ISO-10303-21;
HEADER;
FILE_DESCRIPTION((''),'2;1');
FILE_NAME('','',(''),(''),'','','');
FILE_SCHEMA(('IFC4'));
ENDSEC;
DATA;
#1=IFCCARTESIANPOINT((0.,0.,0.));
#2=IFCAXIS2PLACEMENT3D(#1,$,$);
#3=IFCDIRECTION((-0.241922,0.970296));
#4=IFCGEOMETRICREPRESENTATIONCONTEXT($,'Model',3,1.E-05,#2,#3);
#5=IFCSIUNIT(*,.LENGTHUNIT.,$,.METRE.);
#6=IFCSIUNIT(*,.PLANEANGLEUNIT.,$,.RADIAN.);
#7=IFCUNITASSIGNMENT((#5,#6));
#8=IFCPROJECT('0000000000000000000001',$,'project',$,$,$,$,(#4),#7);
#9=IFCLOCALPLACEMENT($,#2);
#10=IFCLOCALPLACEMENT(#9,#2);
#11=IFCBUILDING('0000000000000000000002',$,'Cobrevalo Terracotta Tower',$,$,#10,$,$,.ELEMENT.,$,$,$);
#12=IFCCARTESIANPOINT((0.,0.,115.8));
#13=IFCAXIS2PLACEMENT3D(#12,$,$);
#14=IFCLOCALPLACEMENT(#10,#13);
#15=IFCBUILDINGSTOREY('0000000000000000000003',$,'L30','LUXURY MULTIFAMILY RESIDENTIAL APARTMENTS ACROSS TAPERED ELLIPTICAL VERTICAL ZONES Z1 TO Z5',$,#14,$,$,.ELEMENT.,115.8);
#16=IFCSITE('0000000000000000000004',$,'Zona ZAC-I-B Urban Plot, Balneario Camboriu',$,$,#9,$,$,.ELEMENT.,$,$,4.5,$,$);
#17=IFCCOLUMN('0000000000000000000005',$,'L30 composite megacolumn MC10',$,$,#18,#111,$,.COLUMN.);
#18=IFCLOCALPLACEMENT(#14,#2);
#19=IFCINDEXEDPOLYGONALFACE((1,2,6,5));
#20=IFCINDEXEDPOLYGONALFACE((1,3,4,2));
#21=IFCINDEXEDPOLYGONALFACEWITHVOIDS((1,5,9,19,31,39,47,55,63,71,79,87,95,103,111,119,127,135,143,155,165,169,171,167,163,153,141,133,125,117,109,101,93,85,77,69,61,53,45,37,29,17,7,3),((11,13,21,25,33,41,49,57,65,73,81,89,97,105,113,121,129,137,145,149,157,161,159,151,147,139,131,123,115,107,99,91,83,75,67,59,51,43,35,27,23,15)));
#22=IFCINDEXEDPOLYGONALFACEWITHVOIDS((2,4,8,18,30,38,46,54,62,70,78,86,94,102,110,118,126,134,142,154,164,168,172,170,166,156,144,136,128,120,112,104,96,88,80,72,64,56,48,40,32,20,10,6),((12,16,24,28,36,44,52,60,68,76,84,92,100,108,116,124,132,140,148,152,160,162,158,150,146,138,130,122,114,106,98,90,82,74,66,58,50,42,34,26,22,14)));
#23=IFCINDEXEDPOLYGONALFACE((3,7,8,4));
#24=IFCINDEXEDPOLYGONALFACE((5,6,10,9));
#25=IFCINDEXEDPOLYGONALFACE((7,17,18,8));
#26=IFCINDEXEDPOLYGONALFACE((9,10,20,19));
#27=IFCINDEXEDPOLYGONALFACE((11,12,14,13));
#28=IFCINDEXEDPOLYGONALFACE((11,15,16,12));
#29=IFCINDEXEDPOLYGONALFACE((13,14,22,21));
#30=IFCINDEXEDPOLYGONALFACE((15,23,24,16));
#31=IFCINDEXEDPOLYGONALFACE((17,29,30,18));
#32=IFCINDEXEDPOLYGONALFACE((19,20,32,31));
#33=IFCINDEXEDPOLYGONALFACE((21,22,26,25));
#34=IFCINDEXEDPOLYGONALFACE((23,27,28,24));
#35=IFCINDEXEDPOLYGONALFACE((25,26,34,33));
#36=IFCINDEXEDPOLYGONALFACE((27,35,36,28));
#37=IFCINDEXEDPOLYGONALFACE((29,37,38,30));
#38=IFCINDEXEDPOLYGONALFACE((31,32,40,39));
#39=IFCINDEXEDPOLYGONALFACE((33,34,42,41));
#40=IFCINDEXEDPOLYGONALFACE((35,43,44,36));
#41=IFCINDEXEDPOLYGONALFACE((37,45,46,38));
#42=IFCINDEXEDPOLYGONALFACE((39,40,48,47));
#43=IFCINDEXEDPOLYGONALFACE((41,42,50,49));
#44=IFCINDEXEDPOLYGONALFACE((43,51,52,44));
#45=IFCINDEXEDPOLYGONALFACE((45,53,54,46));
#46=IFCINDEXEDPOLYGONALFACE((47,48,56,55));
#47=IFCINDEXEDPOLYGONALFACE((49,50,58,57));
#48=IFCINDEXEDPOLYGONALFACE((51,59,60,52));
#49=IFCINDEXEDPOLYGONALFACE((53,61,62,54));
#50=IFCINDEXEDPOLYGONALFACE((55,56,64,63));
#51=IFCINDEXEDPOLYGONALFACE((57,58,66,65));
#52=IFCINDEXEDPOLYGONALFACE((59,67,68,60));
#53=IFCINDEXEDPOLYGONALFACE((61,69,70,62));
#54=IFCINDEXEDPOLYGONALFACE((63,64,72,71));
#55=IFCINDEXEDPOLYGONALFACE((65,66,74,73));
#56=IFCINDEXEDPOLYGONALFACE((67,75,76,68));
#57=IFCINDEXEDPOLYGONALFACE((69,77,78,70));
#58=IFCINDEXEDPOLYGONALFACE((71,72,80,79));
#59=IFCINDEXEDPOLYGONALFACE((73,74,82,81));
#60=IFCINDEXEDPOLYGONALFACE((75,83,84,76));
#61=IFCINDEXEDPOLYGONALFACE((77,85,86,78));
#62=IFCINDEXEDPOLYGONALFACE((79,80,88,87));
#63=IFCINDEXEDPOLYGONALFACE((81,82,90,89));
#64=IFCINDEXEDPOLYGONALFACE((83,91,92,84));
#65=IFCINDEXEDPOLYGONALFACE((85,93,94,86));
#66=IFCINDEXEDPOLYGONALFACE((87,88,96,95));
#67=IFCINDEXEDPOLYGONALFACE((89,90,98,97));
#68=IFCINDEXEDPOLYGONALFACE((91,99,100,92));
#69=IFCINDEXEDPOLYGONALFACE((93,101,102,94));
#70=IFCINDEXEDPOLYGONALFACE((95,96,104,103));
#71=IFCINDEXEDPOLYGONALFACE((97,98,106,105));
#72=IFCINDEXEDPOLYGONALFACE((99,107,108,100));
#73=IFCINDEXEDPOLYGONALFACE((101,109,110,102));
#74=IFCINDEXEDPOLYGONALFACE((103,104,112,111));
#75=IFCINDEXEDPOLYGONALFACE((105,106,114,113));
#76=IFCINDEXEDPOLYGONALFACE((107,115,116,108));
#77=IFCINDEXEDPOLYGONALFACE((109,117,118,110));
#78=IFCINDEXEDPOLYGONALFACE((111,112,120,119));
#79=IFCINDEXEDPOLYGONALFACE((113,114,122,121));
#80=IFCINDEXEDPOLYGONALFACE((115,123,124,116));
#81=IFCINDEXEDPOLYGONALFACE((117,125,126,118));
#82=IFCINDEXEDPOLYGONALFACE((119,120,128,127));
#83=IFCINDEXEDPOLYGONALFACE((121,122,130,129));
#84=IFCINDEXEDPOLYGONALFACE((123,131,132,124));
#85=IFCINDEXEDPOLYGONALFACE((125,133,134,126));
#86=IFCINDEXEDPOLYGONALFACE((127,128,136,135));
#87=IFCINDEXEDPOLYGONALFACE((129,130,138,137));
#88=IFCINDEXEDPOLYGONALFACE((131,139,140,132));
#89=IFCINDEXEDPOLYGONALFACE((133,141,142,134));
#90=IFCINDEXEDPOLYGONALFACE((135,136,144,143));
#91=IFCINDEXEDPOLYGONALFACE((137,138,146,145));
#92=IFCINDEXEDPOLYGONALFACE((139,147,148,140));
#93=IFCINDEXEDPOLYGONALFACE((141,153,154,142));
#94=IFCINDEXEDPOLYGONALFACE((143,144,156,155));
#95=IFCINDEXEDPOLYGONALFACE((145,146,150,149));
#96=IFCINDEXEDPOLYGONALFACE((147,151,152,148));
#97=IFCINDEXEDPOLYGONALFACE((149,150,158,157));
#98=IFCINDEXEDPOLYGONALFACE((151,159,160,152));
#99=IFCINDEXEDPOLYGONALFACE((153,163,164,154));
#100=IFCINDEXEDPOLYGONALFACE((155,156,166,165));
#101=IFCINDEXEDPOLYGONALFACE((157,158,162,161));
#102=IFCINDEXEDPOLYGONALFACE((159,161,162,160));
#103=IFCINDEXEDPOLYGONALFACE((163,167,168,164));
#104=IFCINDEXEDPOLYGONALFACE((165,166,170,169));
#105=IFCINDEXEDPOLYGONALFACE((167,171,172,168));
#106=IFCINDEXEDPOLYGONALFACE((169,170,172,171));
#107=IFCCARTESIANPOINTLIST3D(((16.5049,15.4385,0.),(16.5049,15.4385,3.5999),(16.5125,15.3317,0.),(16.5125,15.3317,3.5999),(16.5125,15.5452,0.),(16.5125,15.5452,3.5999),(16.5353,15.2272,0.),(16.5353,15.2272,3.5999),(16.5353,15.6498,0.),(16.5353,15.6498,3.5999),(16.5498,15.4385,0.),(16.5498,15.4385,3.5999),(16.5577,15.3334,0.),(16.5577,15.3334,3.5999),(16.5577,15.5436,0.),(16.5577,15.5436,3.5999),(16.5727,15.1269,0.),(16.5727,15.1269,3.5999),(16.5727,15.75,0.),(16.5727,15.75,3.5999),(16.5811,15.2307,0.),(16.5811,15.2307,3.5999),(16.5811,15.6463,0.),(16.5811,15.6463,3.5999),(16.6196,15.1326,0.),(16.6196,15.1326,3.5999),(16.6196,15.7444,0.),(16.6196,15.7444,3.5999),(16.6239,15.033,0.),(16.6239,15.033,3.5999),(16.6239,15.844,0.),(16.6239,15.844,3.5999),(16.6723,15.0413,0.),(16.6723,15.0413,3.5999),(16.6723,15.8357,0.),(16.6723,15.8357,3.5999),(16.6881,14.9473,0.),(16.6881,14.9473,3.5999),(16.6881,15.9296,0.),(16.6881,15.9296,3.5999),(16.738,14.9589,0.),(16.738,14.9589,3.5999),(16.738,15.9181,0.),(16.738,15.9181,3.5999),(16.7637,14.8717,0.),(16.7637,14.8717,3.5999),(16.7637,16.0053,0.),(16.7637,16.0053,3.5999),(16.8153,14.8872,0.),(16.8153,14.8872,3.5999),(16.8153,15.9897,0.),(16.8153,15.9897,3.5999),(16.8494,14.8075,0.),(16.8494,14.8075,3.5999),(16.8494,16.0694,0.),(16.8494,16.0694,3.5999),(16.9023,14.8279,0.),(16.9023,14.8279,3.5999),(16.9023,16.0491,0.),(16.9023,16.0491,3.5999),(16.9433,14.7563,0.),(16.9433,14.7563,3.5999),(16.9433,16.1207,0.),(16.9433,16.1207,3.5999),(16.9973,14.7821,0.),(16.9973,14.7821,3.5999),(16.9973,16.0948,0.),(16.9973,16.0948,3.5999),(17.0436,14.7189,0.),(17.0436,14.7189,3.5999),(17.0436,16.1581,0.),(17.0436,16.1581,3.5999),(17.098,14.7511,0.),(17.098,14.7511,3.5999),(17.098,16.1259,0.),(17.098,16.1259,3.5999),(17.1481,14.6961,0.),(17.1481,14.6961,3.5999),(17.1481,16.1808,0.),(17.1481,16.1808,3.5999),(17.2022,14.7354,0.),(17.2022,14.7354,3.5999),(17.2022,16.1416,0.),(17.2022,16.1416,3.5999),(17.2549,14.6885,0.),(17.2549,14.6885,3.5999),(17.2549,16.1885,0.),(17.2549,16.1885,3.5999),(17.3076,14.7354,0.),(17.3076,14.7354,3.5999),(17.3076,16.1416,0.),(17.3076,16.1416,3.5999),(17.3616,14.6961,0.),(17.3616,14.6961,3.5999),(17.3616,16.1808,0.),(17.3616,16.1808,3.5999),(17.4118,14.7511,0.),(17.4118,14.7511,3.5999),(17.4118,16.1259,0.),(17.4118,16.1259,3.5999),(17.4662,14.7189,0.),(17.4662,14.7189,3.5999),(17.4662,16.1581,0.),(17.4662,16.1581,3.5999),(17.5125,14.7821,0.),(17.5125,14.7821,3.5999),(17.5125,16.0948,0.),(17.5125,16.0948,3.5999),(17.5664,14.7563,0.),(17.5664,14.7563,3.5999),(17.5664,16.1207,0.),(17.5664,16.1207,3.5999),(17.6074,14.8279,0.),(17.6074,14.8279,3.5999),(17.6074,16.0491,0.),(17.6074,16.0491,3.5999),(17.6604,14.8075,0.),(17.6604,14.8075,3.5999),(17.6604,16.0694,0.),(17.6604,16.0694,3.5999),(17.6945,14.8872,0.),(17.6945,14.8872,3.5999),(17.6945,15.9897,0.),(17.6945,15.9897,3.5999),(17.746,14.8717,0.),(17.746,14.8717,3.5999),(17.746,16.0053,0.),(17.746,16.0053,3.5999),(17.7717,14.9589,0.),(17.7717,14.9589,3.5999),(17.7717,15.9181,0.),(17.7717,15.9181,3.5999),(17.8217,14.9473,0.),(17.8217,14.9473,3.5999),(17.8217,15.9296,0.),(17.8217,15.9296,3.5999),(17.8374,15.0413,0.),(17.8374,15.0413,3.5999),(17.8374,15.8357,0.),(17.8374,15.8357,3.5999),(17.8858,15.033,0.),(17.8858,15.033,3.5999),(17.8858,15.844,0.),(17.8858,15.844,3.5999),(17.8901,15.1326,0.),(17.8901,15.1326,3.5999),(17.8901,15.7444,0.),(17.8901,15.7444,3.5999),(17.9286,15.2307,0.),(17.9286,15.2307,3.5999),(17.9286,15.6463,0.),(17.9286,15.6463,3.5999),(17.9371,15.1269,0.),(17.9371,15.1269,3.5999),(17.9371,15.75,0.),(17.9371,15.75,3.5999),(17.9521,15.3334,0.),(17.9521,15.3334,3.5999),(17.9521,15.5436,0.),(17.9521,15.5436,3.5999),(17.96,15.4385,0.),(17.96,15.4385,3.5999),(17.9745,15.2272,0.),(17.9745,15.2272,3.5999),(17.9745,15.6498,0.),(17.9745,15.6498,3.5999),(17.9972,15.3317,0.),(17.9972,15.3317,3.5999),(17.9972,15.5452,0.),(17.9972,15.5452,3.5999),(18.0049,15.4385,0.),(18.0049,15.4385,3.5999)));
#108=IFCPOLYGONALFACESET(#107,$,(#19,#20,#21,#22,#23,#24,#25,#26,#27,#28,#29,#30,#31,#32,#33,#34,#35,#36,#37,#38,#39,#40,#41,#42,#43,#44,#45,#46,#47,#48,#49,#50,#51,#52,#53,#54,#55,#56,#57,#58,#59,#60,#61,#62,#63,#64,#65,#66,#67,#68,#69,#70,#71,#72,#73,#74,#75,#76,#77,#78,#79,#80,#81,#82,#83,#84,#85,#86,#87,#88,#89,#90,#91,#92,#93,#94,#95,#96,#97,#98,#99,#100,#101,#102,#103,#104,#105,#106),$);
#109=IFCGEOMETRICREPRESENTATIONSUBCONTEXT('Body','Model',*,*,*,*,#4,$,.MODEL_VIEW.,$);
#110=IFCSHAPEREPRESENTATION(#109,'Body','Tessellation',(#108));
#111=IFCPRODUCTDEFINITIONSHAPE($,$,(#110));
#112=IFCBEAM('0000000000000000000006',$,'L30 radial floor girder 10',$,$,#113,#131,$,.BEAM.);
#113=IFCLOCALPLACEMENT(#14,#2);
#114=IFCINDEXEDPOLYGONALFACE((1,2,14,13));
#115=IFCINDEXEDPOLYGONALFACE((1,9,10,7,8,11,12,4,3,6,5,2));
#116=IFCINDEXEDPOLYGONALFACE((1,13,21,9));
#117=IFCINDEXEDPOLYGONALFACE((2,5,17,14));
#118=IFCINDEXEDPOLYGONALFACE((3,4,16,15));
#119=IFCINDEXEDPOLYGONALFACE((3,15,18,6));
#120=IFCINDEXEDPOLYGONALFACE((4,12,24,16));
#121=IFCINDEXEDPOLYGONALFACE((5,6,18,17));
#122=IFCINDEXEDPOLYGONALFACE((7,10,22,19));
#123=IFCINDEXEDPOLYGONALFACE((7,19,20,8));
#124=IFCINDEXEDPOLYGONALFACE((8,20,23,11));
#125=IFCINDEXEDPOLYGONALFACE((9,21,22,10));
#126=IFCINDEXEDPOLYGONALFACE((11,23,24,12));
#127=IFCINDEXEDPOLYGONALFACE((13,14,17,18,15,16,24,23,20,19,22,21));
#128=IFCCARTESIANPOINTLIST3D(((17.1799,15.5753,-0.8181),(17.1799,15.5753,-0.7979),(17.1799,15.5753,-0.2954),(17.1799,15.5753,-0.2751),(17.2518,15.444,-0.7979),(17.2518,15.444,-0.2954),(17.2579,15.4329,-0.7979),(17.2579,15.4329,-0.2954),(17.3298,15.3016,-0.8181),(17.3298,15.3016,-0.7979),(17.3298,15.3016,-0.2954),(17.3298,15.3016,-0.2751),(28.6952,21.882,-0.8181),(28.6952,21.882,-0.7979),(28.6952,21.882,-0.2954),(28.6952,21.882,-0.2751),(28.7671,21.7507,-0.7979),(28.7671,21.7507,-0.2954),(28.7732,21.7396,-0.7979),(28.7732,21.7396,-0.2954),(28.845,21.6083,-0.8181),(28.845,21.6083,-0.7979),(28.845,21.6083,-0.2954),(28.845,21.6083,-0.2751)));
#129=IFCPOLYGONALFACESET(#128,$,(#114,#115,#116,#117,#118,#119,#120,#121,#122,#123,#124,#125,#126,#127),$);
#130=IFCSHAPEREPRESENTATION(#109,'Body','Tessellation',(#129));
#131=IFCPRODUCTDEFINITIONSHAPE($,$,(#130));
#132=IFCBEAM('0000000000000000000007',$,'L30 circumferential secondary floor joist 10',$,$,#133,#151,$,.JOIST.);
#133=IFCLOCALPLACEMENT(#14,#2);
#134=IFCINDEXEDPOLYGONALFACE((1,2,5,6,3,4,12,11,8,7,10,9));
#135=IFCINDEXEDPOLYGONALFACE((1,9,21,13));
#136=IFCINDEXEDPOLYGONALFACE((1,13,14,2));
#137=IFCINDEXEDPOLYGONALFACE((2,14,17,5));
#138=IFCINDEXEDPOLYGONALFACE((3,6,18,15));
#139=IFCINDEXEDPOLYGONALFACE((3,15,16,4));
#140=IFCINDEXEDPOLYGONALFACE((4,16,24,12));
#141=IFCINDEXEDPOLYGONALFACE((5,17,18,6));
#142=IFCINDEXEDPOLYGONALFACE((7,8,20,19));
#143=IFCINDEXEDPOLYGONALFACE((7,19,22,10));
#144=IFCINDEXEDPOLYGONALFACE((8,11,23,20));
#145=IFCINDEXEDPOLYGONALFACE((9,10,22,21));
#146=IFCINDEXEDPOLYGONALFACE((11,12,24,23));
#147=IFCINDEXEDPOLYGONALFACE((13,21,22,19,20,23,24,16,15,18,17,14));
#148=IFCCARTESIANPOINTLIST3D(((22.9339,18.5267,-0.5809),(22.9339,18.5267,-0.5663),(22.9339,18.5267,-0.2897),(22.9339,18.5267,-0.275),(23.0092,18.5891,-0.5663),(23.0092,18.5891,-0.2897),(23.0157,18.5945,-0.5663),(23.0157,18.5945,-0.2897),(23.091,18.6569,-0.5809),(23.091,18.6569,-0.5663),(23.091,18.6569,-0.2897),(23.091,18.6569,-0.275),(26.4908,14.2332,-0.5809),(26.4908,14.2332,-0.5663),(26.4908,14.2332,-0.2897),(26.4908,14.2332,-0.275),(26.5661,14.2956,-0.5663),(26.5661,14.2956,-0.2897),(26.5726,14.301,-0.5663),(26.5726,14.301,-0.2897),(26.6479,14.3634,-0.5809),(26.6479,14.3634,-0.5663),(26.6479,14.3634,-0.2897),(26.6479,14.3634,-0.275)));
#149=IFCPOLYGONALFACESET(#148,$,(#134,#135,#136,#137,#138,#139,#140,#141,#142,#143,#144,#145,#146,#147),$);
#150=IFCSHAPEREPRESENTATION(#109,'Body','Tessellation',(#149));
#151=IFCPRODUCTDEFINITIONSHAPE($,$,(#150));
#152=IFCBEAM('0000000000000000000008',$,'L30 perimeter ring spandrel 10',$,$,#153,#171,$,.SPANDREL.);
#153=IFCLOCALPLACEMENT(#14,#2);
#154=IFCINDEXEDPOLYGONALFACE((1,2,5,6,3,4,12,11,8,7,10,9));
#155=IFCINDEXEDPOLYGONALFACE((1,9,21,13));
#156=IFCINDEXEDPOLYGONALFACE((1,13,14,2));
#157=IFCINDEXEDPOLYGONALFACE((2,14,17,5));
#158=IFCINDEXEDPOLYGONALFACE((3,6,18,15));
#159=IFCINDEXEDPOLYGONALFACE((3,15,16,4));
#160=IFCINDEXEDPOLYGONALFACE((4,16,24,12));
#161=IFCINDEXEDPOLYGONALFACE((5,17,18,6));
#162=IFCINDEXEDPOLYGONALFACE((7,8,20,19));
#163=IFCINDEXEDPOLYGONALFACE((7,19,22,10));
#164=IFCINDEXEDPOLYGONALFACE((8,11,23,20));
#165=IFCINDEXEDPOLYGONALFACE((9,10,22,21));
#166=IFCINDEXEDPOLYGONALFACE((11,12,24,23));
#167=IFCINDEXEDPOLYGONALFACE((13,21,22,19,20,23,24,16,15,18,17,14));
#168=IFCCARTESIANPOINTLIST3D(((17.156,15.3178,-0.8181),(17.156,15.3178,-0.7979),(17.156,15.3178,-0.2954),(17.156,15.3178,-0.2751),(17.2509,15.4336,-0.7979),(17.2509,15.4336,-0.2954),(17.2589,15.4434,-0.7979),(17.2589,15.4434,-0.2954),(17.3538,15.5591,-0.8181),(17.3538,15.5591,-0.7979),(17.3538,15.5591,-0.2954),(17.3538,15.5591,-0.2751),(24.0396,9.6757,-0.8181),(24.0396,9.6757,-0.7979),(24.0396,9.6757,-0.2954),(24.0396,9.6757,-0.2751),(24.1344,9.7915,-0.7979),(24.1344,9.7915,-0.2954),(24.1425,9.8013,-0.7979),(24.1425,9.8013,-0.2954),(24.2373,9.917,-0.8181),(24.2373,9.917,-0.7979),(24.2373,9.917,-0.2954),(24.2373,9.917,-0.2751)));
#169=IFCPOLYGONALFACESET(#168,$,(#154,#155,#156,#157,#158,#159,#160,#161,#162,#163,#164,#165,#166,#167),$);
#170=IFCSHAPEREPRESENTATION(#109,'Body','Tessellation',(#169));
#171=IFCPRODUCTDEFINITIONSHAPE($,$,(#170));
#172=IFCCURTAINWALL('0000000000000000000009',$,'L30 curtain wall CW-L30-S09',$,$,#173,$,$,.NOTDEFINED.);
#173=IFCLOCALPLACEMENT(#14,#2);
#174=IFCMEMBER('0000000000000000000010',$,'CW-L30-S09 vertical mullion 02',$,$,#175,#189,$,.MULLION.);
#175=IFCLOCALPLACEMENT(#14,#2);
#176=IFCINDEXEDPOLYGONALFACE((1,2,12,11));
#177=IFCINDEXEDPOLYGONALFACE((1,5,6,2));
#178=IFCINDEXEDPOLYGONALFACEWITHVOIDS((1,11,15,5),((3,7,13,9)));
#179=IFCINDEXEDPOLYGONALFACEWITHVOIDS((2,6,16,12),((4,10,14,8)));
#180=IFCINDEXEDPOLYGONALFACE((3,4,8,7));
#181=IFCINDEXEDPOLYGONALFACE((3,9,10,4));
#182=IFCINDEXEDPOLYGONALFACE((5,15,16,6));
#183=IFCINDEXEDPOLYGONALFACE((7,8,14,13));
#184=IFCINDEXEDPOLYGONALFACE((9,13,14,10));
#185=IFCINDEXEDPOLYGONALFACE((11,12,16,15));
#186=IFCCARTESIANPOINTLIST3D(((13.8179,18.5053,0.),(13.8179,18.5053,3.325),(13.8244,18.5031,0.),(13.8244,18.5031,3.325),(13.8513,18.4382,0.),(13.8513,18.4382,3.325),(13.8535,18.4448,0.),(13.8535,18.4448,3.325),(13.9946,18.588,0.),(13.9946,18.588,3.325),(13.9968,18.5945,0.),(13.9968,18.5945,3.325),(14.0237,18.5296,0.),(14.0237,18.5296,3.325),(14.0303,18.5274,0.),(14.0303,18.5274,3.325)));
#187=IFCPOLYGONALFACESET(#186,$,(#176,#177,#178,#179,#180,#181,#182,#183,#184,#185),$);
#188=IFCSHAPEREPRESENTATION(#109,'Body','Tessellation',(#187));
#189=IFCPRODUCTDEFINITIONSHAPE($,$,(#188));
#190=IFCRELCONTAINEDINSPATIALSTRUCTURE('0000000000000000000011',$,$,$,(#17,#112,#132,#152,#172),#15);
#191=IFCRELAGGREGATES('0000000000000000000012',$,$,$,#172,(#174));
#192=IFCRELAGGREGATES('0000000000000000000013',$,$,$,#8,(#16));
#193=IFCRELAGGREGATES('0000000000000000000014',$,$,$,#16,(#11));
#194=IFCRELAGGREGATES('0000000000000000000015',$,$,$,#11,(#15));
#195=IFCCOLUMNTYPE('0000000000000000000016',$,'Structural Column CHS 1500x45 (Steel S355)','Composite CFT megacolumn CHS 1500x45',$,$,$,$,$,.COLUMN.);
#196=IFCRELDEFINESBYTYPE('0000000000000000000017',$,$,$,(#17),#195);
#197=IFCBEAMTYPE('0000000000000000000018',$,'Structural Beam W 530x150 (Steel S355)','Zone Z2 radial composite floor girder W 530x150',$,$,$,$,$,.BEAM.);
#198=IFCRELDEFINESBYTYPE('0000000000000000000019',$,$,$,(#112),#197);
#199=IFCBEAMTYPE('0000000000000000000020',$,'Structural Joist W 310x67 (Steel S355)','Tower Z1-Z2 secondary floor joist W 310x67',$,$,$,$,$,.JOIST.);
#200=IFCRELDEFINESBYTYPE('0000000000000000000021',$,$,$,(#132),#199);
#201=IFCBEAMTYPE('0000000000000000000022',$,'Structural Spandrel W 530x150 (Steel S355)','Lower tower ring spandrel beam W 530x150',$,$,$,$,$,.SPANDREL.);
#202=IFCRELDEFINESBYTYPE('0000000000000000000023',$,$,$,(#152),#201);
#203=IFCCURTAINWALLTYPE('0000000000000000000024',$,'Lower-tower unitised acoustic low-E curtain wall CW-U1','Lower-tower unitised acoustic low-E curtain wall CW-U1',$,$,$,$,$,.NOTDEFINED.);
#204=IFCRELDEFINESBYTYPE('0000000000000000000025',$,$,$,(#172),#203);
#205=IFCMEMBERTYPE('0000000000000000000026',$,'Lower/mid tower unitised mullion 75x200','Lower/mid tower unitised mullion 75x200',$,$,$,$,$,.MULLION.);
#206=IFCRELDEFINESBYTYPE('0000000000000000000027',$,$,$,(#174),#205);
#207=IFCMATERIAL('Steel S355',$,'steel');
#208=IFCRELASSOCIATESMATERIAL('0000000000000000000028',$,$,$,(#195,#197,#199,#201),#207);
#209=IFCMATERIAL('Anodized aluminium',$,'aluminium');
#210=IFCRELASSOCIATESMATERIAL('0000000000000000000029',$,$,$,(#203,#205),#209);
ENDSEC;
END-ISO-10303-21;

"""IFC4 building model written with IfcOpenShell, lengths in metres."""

from ifc_helpers import new_model, si_unit, direction, frame, origin, origin_2d, place, context, subcontext, project, spatial, hollow_rectangle, hollow_circle, i_section, extrude, source, transform, mapped, material, material_profile, profile_set, type_object, element, aggregate, save


model = new_model("IFC4")

# Units and contexts
model_context = context("Model", 3, precision=1e-05, world=origin(), true_north=direction((-0.241922, 0.970296)))
body_context = subcontext(model_context, "Body", "Model", "MODEL_VIEW")
ifc_project = project(units=[si_unit("LENGTHUNIT", "METRE"), si_unit("PLANEANGLEUNIT", "RADIAN")], contexts=[model_context])

# Site, building, storey
site_placement = place(None, origin())
site = spatial("IfcSite", under=ifc_project, at=site_placement, Name="Zona ZAC-I-B Urban Plot, Balneario Camboriu", CompositionType="ELEMENT", RefElevation=4.5)
building_placement = place(site_placement, origin())
building = spatial("IfcBuilding", under=site, at=building_placement, Name="Cobrevalo Terracotta Tower", CompositionType="ELEMENT")
storey_placement = place(building_placement, frame((0.0, 0.0, 115.8)))
storey = spatial("IfcBuildingStorey", under=building, at=storey_placement, Name="L30", Description="LUXURY MULTIFAMILY RESIDENTIAL APARTMENTS ACROSS TAPERED ELLIPTICAL VERTICAL ZONES Z1 TO Z5", CompositionType="ELEMENT", Elevation=115.8)

# Column
ifc_material_1 = material(Name="Steel S355", Category="steel")
ifc_material_profile_1 = material_profile(ifc_material_1, hollow_circle(Radius=0.75, WallThickness=0.0449, at=origin_2d()), Name="CHS 1500x45")
ifc_profile_set_1 = profile_set([ifc_material_profile_1], Name="Steel S355")
column_type = type_object("IfcColumnType", Name="Structural Column CHS 1500x45 (Steel S355)", Description="Composite CFT megacolumn CHS 1500x45", PredefinedType="COLUMN", material=ifc_profile_set_1)
column_placement = place(storey_placement, frame((17.2549, 15.4385, 0.0), z_axis=(0.0, 0.0, 1.0), x_axis=(1.0, 0.0, 0.0)))
element("IfcColumn", 1, at=column_placement, inside=storey, type_object=column_type, Name="L30 composite megacolumn MC10", PredefinedType="COLUMN", context=body_context, shape_type="SweptSolid", body=[
    extrude(hollow_circle(Radius=0.75, WallThickness=0.0449, at=origin_2d()), origin(), (0.0, 0.0, 1.0), 3.5999),
])

# Beams
ifc_material_profile_2 = material_profile(ifc_material_1, i_section(OverallWidth=0.312, OverallDepth=0.543, WebThickness=0.0127, FlangeThickness=0.0203, at=origin_2d()), Name="W 530x150")
ifc_profile_set_2 = profile_set([ifc_material_profile_2], Name="Steel S355")
beam_type_1 = type_object("IfcBeamType", Name="Structural Beam W 530x150 (Steel S355)", Description="Zone Z2 radial composite floor girder W 530x150", PredefinedType="BEAM", material=ifc_profile_set_2)
beam_1_placement = place(storey_placement, frame((17.2549, 15.4385, -0.5466), z_axis=(0.877073, 0.480358, 0.0), x_axis=(-0.480358, 0.877073, 0.0)))
element("IfcBeam", 2, at=beam_1_placement, inside=storey, type_object=beam_type_1, Name="L30 radial floor girder 10", PredefinedType="BEAM", context=body_context, shape_type="SweptSolid", body=[
    extrude(i_section(OverallWidth=0.312, OverallDepth=0.543, WebThickness=0.0127, FlangeThickness=0.0203, at=origin_2d()), origin(), (0.0, 0.0, 1.0), 13.1292),
])
ifc_material_profile_3 = material_profile(ifc_material_1, i_section(OverallWidth=0.2041, OverallDepth=0.3059, WebThickness=0.0085, FlangeThickness=0.0146, at=origin_2d()), Name="W 310x67")
ifc_profile_set_3 = profile_set([ifc_material_profile_3], Name="Steel S355")
beam_type_2 = type_object("IfcBeamType", Name="Structural Joist W 310x67 (Steel S355)", Description="Tower Z1-Z2 secondary floor joist W 310x67", PredefinedType="JOIST", material=ifc_profile_set_3)
beam_2_placement = place(storey_placement, frame((23.0125, 18.5918, -0.428), z_axis=(0.637959, -0.77007, 0.0), x_axis=(0.77007, 0.637959, 0.0)))
element("IfcBeam", 3, at=beam_2_placement, inside=storey, type_object=beam_type_2, Name="L30 circumferential secondary floor joist 10", PredefinedType="JOIST", context=body_context, shape_type="SweptSolid", body=[
    extrude(i_section(OverallWidth=0.2041, OverallDepth=0.3059, WebThickness=0.0085, FlangeThickness=0.0146, at=origin_2d()), origin(), (0.0, 0.0, 1.0), 5.5754),
])
ifc_material_profile_4 = material_profile(ifc_material_1, i_section(OverallWidth=0.312, OverallDepth=0.543, WebThickness=0.0127, FlangeThickness=0.0203, at=origin_2d()), Name="W 530x150")
ifc_profile_set_4 = profile_set([ifc_material_profile_4], Name="Steel S355")
beam_type_3 = type_object("IfcBeamType", Name="Structural Spandrel W 530x150 (Steel S355)", Description="Lower tower ring spandrel beam W 530x150", PredefinedType="SPANDREL", material=ifc_profile_set_4)
beam_3_placement = place(storey_placement, frame((17.2549, 15.4385, -0.5466), z_axis=(0.773401, -0.633917, 0.0), x_axis=(0.633917, 0.773401, 0.0)))
element("IfcBeam", 4, at=beam_3_placement, inside=storey, type_object=beam_type_3, Name="L30 perimeter ring spandrel 10", PredefinedType="SPANDREL", context=body_context, shape_type="SweptSolid", body=[
    extrude(i_section(OverallWidth=0.312, OverallDepth=0.543, WebThickness=0.0127, FlangeThickness=0.0203, at=origin_2d()), origin(), (0.0, 0.0, 1.0), 8.9004),
])

# Curtain wall, member
ifc_material_2 = material(Name="Anodized aluminium", Category="aluminium")
curtain_wall_type = type_object("IfcCurtainWallType", Name="Lower-tower unitised acoustic low-E curtain wall CW-U1", Description="Lower-tower unitised acoustic low-E curtain wall CW-U1", PredefinedType="NOTDEFINED", material=ifc_material_2)
curtain_wall_1_placement = place(storey_placement, origin())
curtain_wall_1 = element("IfcCurtainWall", 5, at=curtain_wall_1_placement, inside=storey, type_object=curtain_wall_type, Name="L30 curtain wall CW-L30-S09", PredefinedType="NOTDEFINED")
ifc_material_profile_5 = material_profile(ifc_material_2, hollow_rectangle(XDim=0.075, YDim=0.2, WallThickness=0.0049, at=origin_2d()), Name="CWM 75x200")
ifc_profile_set_5 = profile_set([ifc_material_profile_5], Name="Anodized aluminium")
member_type_1 = type_object("IfcMemberType", Name="Lower/mid tower unitised mullion 75x200", Description="Lower/mid tower unitised mullion 75x200", PredefinedType="MULLION", material=ifc_profile_set_5)
shared_shape_1 = source(origin(), body_context, "Body", "SweptSolid", [
    extrude(hollow_rectangle(XDim=0.075, YDim=0.2, WallThickness=0.0049, at=origin_2d()), origin(), (0.0, 0.0, 1.0), 3.325),
])
member_1_placement = place(storey_placement, frame((13.9241, 18.5164, 0.0), z_axis=(0.0, 0.0, 1.0), x_axis=(0.44626, -0.894903, 0.0)))
member_1 = element("IfcMember", 6, at=member_1_placement, type_object=member_type_1, Name="CW-L30-S09 vertical mullion 02", PredefinedType="MULLION", context=body_context, shape_type="MappedRepresentation", body=[
    mapped(shared_shape_1, transform((0.0, 0.0, 0.0), scale=1.0)),
])

aggregate(curtain_wall_1, [member_1])

save(model, "model.ifc")
